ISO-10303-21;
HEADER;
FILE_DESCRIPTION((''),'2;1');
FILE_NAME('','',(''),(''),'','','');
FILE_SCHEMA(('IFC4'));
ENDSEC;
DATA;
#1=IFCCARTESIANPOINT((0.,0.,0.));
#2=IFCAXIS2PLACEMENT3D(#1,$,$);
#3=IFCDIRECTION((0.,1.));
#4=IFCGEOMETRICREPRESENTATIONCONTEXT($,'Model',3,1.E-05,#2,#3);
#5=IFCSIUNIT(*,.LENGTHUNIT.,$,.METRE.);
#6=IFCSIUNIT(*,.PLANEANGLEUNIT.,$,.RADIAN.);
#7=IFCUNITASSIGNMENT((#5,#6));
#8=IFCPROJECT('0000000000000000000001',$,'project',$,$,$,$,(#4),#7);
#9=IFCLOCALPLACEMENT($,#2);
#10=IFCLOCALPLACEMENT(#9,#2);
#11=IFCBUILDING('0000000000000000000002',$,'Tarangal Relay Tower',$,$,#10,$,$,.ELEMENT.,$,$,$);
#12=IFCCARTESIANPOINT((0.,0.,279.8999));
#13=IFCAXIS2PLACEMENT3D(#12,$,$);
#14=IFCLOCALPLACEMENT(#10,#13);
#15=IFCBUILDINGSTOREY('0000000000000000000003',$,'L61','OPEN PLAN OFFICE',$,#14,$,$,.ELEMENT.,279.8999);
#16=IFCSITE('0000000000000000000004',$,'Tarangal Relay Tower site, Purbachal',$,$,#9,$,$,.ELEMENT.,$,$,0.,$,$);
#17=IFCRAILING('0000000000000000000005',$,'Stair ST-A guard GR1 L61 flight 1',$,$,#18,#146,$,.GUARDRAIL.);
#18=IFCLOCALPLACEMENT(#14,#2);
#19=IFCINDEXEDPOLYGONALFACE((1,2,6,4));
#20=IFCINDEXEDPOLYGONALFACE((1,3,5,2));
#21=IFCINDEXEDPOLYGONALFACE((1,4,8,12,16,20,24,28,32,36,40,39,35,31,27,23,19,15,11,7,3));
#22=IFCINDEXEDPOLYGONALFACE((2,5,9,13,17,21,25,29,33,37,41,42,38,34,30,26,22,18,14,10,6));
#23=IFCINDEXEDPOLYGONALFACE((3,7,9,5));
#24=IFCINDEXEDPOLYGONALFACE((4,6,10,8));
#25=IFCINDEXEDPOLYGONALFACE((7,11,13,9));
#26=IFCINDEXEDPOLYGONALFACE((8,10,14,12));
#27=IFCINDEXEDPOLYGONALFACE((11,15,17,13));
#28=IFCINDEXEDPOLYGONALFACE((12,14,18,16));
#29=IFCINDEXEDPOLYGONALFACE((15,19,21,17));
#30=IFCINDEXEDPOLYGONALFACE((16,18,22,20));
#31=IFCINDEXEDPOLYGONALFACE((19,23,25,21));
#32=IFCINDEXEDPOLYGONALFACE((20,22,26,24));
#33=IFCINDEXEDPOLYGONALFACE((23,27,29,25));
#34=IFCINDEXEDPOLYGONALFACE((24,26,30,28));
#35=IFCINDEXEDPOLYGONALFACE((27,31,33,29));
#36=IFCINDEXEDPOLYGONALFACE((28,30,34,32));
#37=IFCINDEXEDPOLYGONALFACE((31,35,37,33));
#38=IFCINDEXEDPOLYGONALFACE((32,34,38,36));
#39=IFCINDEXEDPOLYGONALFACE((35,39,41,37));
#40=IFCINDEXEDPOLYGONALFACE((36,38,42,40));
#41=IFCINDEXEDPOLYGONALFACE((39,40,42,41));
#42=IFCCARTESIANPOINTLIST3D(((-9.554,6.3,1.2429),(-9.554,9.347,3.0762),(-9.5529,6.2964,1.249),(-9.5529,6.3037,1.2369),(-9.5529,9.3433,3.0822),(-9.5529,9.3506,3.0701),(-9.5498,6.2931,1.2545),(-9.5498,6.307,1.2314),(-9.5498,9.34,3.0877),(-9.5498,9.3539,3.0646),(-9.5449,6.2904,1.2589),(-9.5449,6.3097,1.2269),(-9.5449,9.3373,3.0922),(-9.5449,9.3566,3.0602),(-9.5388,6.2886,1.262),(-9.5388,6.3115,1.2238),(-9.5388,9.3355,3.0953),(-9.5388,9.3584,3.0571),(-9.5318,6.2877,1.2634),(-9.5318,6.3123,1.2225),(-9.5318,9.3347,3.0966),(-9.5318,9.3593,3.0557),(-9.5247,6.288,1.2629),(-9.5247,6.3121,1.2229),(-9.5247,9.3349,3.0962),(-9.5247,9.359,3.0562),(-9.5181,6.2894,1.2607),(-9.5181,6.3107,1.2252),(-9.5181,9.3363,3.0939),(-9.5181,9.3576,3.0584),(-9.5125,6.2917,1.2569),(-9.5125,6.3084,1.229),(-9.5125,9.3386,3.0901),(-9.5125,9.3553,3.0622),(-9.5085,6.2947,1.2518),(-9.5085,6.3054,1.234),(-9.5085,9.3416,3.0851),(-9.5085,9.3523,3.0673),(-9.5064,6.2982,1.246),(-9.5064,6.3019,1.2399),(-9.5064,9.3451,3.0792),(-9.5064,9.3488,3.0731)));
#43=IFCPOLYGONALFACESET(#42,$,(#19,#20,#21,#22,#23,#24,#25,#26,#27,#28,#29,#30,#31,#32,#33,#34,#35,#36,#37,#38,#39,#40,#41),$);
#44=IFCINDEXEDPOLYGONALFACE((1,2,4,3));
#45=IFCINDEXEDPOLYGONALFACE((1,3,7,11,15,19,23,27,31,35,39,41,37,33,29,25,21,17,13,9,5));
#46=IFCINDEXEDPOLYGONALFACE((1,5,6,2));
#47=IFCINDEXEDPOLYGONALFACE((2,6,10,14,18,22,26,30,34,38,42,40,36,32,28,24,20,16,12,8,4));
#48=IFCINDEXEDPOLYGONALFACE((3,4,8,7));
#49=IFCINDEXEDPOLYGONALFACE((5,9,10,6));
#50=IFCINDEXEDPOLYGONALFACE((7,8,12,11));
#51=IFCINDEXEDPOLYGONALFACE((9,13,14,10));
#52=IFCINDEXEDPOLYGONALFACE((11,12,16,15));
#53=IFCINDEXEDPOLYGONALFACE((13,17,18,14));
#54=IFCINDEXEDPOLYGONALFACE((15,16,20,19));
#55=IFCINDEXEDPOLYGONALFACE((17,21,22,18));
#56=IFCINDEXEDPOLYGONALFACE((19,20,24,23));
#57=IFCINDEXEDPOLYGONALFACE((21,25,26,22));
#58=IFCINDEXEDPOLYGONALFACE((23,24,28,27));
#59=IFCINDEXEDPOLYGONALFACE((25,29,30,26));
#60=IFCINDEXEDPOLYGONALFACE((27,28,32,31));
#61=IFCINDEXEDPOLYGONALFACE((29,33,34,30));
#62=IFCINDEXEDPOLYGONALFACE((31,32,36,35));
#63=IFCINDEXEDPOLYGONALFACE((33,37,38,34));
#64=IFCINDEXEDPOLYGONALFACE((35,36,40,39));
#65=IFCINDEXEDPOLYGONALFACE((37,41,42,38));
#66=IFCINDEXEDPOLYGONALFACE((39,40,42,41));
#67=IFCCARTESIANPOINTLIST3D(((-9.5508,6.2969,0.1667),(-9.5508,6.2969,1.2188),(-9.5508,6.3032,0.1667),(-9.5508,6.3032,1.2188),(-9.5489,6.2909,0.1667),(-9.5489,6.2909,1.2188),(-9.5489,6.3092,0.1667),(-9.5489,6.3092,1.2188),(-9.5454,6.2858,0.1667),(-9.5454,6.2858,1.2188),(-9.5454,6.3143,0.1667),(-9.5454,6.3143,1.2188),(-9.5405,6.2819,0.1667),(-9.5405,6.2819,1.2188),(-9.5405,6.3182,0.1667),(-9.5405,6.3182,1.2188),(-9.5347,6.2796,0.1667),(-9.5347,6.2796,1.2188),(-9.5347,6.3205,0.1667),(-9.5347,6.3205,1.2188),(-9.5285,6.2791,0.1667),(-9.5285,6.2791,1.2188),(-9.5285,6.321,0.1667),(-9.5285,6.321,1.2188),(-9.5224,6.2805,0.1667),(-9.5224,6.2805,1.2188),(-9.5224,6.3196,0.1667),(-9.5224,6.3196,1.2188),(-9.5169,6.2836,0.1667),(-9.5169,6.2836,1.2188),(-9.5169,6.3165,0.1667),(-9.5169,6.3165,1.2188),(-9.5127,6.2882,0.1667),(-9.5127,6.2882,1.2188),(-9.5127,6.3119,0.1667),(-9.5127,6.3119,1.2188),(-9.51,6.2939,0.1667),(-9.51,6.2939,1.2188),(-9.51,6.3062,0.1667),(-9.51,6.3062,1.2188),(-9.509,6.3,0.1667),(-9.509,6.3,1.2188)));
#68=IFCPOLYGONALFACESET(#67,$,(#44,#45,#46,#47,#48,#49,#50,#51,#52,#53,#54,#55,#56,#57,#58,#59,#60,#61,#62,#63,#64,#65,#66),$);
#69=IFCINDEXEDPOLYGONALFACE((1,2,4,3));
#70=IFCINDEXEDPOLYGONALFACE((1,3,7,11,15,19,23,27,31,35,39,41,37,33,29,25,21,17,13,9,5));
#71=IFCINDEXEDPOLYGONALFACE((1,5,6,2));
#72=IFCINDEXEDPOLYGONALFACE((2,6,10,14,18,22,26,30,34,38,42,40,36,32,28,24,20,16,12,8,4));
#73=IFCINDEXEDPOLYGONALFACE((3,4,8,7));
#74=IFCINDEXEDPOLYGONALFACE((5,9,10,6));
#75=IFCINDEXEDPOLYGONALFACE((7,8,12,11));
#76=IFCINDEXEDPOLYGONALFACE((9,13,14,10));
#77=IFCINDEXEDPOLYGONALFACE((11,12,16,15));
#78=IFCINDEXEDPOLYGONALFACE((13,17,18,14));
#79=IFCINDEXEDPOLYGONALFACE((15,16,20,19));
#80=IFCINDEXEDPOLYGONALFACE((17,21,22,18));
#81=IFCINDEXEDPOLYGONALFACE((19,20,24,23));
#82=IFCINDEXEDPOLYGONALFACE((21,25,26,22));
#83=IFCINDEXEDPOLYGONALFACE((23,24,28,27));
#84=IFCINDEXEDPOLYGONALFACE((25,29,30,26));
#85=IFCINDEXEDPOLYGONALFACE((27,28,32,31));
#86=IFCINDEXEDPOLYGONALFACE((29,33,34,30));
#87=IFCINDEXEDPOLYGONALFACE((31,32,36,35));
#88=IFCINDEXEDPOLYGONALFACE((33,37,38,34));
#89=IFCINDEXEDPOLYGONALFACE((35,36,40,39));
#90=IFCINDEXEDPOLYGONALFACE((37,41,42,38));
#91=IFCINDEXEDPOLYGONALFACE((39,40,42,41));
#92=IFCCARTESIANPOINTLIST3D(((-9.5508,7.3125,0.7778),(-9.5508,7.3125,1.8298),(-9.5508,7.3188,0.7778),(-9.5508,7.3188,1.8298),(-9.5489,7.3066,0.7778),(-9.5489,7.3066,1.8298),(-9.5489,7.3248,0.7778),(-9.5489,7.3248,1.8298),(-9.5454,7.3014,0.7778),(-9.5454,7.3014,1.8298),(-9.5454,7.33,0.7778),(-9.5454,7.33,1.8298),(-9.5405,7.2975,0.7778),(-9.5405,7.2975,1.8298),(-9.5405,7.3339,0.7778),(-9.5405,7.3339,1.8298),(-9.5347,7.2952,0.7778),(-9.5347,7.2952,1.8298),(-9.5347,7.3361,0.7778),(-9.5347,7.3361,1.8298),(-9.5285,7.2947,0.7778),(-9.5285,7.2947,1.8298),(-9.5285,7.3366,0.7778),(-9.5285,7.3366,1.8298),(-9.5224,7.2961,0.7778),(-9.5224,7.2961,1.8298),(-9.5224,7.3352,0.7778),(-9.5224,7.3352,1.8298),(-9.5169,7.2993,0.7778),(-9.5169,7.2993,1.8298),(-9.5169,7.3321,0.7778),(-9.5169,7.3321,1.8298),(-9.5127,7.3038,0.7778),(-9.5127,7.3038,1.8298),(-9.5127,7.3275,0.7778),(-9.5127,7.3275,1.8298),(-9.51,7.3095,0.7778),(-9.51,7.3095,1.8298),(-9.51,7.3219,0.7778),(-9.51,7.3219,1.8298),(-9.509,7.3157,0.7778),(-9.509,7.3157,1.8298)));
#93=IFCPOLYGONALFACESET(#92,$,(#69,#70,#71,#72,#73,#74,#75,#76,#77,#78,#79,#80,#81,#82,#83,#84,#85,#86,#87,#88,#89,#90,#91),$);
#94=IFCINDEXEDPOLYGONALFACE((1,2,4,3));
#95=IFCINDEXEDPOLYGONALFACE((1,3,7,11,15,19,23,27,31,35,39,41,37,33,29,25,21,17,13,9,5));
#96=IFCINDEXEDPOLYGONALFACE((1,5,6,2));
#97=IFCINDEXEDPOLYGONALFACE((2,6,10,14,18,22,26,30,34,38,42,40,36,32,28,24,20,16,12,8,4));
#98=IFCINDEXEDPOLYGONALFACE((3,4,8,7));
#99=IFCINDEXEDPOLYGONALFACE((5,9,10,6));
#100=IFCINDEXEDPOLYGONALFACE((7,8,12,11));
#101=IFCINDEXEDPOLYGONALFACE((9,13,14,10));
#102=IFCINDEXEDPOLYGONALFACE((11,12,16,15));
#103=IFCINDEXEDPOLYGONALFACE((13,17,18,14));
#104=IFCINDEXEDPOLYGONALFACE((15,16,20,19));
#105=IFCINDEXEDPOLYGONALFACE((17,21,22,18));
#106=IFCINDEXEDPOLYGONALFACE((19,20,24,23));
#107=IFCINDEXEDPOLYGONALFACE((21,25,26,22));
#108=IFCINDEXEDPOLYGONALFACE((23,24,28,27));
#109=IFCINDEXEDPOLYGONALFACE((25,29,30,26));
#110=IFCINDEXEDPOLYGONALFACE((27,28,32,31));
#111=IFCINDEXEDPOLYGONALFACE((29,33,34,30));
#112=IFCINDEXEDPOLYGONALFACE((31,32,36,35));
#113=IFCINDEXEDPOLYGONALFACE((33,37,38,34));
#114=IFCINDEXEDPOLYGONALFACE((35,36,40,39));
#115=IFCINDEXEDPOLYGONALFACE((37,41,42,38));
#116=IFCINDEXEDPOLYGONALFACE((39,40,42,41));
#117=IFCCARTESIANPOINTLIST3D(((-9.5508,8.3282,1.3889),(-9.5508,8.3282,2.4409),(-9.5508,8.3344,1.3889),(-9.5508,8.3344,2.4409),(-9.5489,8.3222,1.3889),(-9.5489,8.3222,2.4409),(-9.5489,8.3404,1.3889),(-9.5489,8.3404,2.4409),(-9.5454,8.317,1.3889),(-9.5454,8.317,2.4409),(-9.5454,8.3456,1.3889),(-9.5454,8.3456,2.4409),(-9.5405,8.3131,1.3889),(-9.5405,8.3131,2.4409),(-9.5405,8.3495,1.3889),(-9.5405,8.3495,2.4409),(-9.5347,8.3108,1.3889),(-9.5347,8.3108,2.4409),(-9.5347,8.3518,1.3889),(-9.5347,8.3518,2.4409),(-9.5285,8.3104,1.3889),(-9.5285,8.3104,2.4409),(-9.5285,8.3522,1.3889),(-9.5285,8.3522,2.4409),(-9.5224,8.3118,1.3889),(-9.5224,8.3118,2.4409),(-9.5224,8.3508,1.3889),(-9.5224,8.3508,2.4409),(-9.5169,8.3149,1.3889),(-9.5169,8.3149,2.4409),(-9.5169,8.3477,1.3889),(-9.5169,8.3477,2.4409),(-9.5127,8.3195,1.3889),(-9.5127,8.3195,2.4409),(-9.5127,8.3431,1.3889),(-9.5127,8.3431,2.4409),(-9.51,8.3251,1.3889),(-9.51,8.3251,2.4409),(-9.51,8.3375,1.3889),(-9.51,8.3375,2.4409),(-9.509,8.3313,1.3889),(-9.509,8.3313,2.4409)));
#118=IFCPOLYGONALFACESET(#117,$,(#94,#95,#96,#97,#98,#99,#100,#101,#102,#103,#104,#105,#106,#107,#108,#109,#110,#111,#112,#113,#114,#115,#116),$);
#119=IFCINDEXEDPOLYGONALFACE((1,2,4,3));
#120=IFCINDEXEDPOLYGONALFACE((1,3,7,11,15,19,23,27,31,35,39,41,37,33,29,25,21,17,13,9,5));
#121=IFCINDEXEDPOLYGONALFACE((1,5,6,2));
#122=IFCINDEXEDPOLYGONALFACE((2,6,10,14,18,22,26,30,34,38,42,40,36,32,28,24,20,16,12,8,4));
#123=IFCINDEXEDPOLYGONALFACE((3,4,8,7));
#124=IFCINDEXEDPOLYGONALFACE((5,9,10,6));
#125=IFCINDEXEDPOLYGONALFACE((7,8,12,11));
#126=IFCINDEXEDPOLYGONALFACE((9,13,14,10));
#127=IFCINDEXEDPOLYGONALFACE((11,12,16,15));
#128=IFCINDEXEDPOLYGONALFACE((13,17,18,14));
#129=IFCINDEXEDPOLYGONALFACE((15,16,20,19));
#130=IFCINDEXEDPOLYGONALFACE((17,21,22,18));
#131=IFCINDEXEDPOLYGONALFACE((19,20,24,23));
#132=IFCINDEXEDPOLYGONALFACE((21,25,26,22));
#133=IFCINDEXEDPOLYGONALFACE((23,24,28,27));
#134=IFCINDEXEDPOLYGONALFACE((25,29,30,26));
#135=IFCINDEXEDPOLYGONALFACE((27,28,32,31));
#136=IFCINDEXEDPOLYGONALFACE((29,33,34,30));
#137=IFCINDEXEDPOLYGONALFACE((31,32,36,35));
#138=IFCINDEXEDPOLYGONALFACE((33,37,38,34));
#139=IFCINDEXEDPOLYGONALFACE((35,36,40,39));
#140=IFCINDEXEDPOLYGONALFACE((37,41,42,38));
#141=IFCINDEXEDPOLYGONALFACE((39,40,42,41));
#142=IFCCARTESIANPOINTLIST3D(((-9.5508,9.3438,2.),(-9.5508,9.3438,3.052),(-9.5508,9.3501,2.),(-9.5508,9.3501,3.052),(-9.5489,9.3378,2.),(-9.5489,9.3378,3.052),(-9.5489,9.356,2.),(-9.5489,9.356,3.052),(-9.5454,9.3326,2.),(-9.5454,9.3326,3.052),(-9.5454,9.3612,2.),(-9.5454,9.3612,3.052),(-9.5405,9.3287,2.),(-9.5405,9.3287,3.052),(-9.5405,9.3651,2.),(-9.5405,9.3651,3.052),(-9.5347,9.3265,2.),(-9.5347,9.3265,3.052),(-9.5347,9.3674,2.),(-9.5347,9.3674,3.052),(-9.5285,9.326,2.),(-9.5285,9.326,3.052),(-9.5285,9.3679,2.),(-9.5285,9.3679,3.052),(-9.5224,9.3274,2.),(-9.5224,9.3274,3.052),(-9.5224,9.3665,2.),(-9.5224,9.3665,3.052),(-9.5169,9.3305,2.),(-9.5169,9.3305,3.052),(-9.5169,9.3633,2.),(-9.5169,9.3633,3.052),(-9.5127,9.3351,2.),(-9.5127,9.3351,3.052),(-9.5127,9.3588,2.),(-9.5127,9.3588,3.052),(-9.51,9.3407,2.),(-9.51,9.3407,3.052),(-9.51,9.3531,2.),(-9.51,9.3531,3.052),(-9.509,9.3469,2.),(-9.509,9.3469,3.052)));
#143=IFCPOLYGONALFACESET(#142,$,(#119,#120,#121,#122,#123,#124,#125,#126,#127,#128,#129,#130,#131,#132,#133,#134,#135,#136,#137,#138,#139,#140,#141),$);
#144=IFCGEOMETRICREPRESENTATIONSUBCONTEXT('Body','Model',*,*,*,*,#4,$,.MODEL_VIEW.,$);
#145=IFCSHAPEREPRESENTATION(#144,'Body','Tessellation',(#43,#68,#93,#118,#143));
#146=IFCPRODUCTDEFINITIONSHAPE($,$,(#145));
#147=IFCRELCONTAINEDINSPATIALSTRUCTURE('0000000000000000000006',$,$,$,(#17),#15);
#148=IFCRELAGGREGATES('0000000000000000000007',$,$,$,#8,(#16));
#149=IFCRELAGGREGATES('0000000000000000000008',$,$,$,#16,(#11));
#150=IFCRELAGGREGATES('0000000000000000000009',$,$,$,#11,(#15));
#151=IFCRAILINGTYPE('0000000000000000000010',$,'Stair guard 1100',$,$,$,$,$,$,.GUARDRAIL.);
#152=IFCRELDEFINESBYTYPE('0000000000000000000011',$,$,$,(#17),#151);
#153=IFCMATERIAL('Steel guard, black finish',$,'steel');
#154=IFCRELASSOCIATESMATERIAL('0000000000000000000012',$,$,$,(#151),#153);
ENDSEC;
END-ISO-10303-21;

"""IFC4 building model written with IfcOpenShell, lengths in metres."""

from ifc_helpers import new_model, si_unit, direction, frame, origin, origin_2d, place, context, subcontext, project, spatial, circle, extrude, material, type_object, element, save


model = new_model("IFC4")

# Units and contexts
model_context = context("Model", 3, precision=1e-05, world=origin(), true_north=direction((0.0, 1.0)))
body_context = subcontext(model_context, "Body", "Model", "MODEL_VIEW")
ifc_project = project(units=[si_unit("LENGTHUNIT", "METRE"), si_unit("PLANEANGLEUNIT", "RADIAN")], contexts=[model_context])

# Site, building, storey
site_placement = place(None, origin())
site = spatial("IfcSite", under=ifc_project, at=site_placement, Name="Tarangal Relay Tower site, Purbachal", CompositionType="ELEMENT", RefElevation=0.0)
building_placement = place(site_placement, origin())
building = spatial("IfcBuilding", under=site, at=building_placement, Name="Tarangal Relay Tower", CompositionType="ELEMENT")
storey_placement = place(building_placement, frame((0.0, 0.0, 279.8999)))
storey = spatial("IfcBuildingStorey", under=building, at=storey_placement, Name="L61", Description="OPEN PLAN OFFICE", CompositionType="ELEMENT", Elevation=279.8999)

# Railing
ifc_material_1 = material(Name="Steel guard, black finish", Category="steel")
railing_type_1 = type_object("IfcRailingType", Name="Stair guard 1100", PredefinedType="GUARDRAIL", material=ifc_material_1)
railing_1_placement = place(storey_placement, frame((-9.53, 6.3, 0.1667)))
element("IfcRailing", 1, at=railing_1_placement, inside=storey, type_object=railing_type_1, Name="Stair ST-A guard GR1 L61 flight 1", PredefinedType="GUARDRAIL", context=body_context, shape_type="SweptSolid", body=[
    extrude(circle(Radius=0.0239, at=origin_2d()), frame((0.0, 0.0, 1.0762), z_axis=(0.0, 0.856856, 0.515556), x_axis=(-1.0, 0.0, 0.0)), (0.0, 0.0, 1.0), 3.5559),
    extrude(circle(Radius=0.021, at=origin_2d()), origin(), (0.0, 0.0, 1.0), 1.052),
    extrude(circle(Radius=0.021, at=origin_2d()), frame((0.0, 1.0156, 0.6111)), (0.0, 0.0, 1.0), 1.052),
    extrude(circle(Radius=0.021, at=origin_2d()), frame((0.0, 2.0312, 1.2222)), (0.0, 0.0, 1.0), 1.052),
    extrude(circle(Radius=0.021, at=origin_2d()), frame((0.0, 3.0469, 1.8333)), (0.0, 0.0, 1.0), 1.052),
])

save(model, "model.ifc")
